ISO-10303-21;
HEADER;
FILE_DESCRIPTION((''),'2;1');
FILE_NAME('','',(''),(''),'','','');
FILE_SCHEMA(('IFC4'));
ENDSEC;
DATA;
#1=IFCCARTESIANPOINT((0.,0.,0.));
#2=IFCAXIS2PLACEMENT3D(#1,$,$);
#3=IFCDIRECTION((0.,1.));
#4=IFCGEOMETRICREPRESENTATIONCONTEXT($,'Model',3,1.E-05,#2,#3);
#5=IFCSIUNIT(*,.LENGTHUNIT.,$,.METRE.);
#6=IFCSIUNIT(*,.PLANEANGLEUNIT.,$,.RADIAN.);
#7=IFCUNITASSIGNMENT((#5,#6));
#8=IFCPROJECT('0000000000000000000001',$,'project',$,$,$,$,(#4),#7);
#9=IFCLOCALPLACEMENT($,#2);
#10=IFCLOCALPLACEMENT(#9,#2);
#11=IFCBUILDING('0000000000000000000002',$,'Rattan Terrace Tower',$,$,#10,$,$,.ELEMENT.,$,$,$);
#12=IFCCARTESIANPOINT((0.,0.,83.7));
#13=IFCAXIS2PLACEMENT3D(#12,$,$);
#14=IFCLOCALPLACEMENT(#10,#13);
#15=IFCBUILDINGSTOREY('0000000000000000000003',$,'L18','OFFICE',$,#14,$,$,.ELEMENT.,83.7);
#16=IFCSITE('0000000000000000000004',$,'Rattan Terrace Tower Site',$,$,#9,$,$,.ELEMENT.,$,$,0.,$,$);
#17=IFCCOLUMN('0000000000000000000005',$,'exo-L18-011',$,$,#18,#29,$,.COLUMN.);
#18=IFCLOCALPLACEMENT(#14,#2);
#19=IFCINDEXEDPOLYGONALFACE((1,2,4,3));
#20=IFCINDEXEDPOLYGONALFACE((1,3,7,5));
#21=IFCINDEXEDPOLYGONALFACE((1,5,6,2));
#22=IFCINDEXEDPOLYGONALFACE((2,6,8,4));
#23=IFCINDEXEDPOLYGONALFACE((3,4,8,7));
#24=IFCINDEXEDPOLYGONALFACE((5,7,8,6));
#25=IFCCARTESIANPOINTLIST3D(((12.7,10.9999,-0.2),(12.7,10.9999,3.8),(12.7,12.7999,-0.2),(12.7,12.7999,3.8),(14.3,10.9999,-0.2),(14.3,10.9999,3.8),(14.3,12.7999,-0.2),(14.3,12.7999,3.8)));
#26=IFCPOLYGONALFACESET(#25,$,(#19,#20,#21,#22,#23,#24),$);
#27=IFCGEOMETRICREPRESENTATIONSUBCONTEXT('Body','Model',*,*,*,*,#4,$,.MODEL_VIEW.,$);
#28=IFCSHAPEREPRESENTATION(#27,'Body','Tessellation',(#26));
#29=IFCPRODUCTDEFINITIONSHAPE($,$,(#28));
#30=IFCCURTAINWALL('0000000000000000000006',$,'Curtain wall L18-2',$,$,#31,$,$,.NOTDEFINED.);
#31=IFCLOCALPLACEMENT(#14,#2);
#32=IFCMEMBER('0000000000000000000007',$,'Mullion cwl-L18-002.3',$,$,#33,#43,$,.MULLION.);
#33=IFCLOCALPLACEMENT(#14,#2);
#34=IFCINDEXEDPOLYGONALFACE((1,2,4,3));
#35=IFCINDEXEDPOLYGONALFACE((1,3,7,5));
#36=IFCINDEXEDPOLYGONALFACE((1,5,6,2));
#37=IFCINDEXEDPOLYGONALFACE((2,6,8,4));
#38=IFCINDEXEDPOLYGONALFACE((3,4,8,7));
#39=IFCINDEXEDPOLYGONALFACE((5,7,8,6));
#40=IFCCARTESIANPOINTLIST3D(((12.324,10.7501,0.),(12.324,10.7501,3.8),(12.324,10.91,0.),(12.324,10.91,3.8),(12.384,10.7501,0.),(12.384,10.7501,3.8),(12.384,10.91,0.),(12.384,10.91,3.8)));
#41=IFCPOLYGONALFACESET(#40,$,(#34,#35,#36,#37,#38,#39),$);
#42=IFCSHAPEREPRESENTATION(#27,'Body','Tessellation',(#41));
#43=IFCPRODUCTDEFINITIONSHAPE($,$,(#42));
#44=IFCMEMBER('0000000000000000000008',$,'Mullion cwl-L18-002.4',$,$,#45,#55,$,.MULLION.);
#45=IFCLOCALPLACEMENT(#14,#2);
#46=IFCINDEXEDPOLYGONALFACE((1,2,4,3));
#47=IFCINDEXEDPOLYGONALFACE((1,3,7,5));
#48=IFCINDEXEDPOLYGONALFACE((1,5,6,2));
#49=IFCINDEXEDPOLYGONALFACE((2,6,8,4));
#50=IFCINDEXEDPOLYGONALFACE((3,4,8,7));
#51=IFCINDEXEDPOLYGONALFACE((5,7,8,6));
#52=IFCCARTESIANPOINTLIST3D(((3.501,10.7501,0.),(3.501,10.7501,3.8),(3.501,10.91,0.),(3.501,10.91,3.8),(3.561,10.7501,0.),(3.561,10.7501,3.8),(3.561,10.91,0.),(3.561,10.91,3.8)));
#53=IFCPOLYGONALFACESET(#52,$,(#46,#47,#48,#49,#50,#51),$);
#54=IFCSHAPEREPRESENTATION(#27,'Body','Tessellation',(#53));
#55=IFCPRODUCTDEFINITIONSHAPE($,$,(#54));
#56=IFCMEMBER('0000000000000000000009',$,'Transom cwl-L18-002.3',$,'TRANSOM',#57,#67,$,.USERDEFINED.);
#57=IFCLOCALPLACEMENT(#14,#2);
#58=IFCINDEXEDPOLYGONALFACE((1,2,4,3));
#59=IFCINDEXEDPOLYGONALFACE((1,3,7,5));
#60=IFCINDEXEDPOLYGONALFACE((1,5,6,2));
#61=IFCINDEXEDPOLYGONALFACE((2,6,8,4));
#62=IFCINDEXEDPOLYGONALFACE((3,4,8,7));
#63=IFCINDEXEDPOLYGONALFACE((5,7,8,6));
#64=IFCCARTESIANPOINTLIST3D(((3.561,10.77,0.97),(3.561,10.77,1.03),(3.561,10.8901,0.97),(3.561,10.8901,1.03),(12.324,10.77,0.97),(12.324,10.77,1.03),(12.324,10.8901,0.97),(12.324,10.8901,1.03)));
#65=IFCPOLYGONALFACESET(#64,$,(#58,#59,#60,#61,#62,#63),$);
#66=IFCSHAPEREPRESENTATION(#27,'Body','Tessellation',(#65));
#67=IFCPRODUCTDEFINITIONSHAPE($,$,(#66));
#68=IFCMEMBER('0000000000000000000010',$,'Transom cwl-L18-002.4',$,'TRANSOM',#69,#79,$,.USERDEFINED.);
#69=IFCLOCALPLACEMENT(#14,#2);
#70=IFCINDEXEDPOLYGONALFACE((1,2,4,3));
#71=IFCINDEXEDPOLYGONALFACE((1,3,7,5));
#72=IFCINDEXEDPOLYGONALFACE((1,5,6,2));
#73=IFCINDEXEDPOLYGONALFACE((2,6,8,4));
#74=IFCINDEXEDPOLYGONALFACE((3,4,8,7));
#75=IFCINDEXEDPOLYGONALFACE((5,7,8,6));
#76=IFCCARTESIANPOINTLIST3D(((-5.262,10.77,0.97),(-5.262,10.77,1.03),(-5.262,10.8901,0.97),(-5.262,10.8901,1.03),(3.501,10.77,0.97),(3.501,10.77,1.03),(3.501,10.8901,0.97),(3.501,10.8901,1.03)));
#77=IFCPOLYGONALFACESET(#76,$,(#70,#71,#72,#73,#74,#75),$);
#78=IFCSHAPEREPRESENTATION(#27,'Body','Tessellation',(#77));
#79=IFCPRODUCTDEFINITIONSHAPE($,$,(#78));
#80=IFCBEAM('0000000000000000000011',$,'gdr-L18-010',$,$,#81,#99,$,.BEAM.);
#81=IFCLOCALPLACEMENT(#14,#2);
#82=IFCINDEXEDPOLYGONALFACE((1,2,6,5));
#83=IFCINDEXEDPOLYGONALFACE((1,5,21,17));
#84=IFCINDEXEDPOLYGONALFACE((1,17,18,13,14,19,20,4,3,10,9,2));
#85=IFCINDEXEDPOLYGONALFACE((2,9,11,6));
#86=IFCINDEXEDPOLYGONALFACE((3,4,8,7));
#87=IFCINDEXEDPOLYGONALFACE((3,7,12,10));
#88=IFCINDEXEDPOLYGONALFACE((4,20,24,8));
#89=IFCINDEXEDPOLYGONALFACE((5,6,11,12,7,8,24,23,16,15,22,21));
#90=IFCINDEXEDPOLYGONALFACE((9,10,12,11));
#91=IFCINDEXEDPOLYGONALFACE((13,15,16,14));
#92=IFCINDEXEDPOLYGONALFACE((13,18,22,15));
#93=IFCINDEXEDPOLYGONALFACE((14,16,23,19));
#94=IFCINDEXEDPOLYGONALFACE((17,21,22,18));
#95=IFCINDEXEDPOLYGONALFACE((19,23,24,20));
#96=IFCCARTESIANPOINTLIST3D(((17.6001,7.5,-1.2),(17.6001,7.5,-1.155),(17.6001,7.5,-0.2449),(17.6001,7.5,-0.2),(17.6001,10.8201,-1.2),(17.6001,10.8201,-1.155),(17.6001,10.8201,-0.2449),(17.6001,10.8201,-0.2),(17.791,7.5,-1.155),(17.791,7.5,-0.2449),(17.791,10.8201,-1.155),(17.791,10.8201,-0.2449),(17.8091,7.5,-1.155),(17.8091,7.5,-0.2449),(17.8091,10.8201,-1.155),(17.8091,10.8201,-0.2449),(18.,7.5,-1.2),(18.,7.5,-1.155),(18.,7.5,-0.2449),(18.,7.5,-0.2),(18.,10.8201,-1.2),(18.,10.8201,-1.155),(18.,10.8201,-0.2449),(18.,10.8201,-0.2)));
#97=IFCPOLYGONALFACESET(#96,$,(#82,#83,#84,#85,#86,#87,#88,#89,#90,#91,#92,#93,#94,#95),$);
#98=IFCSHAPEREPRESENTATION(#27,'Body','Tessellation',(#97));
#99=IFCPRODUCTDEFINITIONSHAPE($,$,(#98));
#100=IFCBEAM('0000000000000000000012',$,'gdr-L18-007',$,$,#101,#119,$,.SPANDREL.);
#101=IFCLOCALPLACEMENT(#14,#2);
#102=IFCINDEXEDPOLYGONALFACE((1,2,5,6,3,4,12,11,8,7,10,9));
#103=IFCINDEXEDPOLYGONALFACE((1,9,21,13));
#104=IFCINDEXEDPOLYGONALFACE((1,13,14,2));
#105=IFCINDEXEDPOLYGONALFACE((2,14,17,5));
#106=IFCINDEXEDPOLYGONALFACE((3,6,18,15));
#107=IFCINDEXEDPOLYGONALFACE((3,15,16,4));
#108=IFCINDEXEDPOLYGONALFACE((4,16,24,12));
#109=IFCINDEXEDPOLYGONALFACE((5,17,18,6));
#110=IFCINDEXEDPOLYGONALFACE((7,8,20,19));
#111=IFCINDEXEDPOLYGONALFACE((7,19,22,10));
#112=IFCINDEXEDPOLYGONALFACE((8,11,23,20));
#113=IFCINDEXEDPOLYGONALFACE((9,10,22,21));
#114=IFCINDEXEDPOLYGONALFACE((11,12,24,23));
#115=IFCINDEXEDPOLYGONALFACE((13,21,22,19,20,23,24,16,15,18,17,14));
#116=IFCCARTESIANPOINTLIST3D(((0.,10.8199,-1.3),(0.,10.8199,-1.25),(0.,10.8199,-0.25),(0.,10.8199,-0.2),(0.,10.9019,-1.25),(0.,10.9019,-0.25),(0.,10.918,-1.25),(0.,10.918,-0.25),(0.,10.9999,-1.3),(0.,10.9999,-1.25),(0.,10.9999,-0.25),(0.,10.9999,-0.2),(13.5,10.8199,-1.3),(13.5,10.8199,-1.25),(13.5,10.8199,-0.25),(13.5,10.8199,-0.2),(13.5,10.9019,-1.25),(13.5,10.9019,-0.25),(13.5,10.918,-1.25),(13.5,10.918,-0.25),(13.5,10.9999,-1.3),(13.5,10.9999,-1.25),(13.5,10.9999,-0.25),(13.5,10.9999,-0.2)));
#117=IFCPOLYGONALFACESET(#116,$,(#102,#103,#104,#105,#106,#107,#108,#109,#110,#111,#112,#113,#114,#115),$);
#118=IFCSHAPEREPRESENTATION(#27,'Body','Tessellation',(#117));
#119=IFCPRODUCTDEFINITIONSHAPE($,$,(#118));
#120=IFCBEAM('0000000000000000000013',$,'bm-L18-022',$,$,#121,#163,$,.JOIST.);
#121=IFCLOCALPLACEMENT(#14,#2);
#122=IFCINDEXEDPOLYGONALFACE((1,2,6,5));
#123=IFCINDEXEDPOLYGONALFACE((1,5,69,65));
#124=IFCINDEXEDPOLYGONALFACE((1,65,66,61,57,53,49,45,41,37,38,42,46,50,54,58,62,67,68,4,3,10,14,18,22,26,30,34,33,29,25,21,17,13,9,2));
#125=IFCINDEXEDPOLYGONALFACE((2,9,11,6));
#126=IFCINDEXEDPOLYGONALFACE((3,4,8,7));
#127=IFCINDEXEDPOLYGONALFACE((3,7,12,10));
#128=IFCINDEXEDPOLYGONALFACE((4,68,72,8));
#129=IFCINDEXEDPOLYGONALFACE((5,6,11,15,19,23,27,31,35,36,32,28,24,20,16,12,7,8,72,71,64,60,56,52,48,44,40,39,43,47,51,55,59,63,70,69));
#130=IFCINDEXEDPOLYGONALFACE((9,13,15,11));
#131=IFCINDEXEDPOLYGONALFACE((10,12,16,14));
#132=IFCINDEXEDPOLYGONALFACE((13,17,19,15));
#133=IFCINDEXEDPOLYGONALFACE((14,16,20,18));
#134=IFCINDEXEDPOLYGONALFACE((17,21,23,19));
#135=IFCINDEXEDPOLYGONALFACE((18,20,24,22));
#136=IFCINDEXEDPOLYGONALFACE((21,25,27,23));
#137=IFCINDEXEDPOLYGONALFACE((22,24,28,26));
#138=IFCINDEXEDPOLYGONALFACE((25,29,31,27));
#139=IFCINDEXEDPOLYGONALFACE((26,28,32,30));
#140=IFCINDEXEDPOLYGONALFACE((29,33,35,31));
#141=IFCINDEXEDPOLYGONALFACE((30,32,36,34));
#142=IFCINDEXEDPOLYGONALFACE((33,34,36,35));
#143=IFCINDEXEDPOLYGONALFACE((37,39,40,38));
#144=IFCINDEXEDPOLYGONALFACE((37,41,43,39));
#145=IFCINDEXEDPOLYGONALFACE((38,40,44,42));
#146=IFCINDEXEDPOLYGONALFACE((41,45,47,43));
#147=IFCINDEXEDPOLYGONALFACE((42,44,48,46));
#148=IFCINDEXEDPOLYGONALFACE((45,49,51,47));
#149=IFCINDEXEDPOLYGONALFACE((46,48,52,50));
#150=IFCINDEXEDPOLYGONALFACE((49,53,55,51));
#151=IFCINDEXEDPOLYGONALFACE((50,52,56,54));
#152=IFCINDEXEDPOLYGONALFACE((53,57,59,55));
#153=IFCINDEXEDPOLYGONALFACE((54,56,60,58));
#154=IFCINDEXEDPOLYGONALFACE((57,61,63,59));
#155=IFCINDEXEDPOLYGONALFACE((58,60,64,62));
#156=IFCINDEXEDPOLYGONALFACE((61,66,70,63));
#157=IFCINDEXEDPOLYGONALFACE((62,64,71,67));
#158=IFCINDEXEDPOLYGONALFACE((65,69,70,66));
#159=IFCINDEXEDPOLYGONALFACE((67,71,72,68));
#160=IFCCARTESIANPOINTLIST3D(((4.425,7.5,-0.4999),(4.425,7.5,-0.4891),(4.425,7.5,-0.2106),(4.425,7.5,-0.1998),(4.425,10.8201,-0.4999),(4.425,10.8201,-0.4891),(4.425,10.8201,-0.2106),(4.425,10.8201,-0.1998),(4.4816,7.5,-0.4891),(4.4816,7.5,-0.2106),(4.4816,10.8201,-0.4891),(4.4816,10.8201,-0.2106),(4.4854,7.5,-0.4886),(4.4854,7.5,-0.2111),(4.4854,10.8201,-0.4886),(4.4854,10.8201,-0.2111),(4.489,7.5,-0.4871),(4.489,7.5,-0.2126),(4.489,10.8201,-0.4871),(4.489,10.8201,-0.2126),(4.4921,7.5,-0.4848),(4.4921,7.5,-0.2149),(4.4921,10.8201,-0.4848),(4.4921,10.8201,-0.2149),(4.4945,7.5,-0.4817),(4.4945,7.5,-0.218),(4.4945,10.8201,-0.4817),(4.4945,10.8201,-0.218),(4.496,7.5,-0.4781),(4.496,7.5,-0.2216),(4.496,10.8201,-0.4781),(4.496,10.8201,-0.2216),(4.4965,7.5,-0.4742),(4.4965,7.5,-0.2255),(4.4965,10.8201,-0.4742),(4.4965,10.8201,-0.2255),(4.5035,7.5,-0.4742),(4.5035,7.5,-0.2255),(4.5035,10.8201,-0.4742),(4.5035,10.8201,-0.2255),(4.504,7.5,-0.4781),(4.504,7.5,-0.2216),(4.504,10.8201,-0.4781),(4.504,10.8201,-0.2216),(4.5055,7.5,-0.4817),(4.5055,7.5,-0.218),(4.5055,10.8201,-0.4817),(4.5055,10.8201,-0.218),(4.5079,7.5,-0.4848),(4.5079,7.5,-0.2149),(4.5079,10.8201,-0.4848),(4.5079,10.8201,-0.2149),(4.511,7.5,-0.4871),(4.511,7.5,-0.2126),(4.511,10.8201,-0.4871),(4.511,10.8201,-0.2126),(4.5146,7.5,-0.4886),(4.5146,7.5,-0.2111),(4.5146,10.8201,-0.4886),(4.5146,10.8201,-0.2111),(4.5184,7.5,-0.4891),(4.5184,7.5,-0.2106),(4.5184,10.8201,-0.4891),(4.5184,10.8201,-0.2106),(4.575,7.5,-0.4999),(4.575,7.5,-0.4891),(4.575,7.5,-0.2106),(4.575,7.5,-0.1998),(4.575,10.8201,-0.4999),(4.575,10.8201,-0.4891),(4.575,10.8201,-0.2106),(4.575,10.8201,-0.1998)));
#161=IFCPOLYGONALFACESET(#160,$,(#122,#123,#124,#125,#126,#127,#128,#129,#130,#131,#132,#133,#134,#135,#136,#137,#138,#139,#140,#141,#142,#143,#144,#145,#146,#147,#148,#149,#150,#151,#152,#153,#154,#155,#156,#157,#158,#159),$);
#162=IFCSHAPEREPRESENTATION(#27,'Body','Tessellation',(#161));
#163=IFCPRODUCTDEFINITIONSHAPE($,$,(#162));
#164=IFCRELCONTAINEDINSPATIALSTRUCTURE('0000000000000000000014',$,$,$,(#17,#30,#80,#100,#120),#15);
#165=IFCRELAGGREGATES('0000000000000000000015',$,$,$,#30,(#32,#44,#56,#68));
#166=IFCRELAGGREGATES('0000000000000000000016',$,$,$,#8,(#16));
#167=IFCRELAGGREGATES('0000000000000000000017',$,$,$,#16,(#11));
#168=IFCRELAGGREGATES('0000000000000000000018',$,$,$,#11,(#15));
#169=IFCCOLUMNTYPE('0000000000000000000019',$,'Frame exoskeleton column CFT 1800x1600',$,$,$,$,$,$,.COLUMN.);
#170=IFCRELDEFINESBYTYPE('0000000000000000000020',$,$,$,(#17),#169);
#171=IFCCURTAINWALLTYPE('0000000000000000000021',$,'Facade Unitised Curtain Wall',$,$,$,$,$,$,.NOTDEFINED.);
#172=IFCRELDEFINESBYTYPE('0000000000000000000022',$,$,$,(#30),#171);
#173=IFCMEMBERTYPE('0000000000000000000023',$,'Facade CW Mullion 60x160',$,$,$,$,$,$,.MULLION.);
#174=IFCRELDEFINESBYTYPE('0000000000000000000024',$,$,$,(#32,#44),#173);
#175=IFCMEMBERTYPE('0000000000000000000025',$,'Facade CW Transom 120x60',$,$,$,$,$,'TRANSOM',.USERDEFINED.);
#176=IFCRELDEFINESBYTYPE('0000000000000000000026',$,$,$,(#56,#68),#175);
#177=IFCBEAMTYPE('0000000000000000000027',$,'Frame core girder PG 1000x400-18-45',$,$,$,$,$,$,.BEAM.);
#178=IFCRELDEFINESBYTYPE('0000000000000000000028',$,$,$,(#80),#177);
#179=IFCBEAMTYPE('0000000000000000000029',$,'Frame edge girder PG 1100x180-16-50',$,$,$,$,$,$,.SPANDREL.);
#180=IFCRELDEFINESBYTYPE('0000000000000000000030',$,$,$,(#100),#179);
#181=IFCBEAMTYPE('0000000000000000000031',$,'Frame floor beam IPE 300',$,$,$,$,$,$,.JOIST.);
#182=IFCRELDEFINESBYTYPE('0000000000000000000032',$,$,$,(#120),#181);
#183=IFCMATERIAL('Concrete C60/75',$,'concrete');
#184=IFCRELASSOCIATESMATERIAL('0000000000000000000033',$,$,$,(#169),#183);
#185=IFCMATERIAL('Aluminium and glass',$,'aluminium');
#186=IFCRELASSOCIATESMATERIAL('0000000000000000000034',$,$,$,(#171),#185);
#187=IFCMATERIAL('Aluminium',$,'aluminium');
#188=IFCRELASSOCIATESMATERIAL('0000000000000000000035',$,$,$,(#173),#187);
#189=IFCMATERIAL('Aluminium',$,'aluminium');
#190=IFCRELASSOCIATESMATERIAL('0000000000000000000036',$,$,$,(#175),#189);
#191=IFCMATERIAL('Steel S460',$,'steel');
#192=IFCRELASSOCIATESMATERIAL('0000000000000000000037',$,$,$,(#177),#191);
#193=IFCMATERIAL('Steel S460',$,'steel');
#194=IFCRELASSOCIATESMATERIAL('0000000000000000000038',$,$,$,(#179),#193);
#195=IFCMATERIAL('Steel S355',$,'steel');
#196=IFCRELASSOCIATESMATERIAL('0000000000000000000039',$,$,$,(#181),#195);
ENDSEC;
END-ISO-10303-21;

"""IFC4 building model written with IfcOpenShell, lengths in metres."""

from ifc_helpers import new_model, si_unit, direction, frame, origin, origin_2d, place, context, subcontext, project, spatial, rectangle, i_section, extrude, material, material_profile, profile_set, type_object, element, aggregate, save


model = new_model("IFC4")

# Units and contexts
model_context = context("Model", 3, precision=1e-05, world=origin(), true_north=direction((0.0, 1.0)))
body_context = subcontext(model_context, "Body", "Model", "MODEL_VIEW")
ifc_project = project(units=[si_unit("LENGTHUNIT", "METRE"), si_unit("PLANEANGLEUNIT", "RADIAN")], contexts=[model_context])

# Site, building, storey
site_placement = place(None, origin())
site = spatial("IfcSite", under=ifc_project, at=site_placement, Name="Rattan Terrace Tower Site", CompositionType="ELEMENT", RefElevation=0.0)
building_placement = place(site_placement, origin())
building = spatial("IfcBuilding", under=site, at=building_placement, Name="Rattan Terrace Tower", CompositionType="ELEMENT")
storey_placement = place(building_placement, frame((0.0, 0.0, 83.7)))
storey = spatial("IfcBuildingStorey", under=building, at=storey_placement, Name="L18", Description="OFFICE", CompositionType="ELEMENT", Elevation=83.7)

# Column
ifc_material_1 = material(Name="Concrete C60/75", Category="concrete")
ifc_material_profile_1 = material_profile(ifc_material_1, rectangle(XDim=1.6001, YDim=1.8, at=origin_2d()), Name="CFT 1800x1600")
ifc_profile_set_1 = profile_set([ifc_material_profile_1], Name="Concrete C60/75")
column_type = type_object("IfcColumnType", Name="Frame exoskeleton column CFT 1800x1600", PredefinedType="COLUMN", material=ifc_profile_set_1)
column_placement = place(storey_placement, frame((13.5, 11.8999, -0.2), z_axis=(0.0, 0.0, 1.0), x_axis=(1.0, 0.0, 0.0)))
element("IfcColumn", 1, at=column_placement, inside=storey, type_object=column_type, Name="exo-L18-011", PredefinedType="COLUMN", context=body_context, shape_type="SweptSolid", body=[
    extrude(rectangle(XDim=1.6001, YDim=1.8, at=origin_2d()), origin(), (0.0, 0.0, 1.0), 4.0),
])

# Curtain wall, members
ifc_material_2 = material(Name="Aluminium and glass", Category="aluminium")
curtain_wall_type = type_object("IfcCurtainWallType", Name="Facade Unitised Curtain Wall", PredefinedType="NOTDEFINED", material=ifc_material_2)
curtain_wall_placement = place(storey_placement, origin())
curtain_wall = element("IfcCurtainWall", 2, at=curtain_wall_placement, inside=storey, type_object=curtain_wall_type, Name="Curtain wall L18-2", PredefinedType="NOTDEFINED")
ifc_material_3 = material(Name="Aluminium", Category="aluminium")
ifc_material_profile_2 = material_profile(ifc_material_3, rectangle(XDim=0.0601, YDim=0.1599, at=origin_2d()), Name="Aluminium 60x160")
ifc_profile_set_2 = profile_set([ifc_material_profile_2], Name="Aluminium")
member_type_1 = type_object("IfcMemberType", Name="Facade CW Mullion 60x160", PredefinedType="MULLION", material=ifc_profile_set_2)
member_1_placement = place(storey_placement, frame((12.354, 10.8301, 0.0), z_axis=(0.0, 0.0, 1.0), x_axis=(-1.0, 0.0, 0.0)))
member_1 = element("IfcMember", 3, at=member_1_placement, type_object=member_type_1, Name="Mullion cwl-L18-002.3", PredefinedType="MULLION", context=body_context, shape_type="SweptSolid", body=[
    extrude(rectangle(XDim=0.0601, YDim=0.1599, at=origin_2d()), origin(), (0.0, 0.0, 1.0), 3.8),
])
member_2_placement = place(storey_placement, frame((3.531, 10.8301, 0.0), z_axis=(0.0, 0.0, 1.0), x_axis=(-1.0, 0.0, 0.0)))
member_2 = element("IfcMember", 4, at=member_2_placement, type_object=member_type_1, Name="Mullion cwl-L18-002.4", PredefinedType="MULLION", context=body_context, shape_type="SweptSolid", body=[
    extrude(rectangle(XDim=0.0601, YDim=0.1599, at=origin_2d()), origin(), (0.0, 0.0, 1.0), 3.8),
])
ifc_material_4 = material(Name="Aluminium", Category="aluminium")
ifc_material_profile_3 = material_profile(ifc_material_4, rectangle(XDim=0.1201, YDim=0.0601, at=origin_2d()), Name="Aluminium 120x60")
ifc_profile_set_3 = profile_set([ifc_material_profile_3], Name="Aluminium")
member_type_2 = type_object("IfcMemberType", Name="Facade CW Transom 120x60", ElementType="TRANSOM", PredefinedType="USERDEFINED", material=ifc_profile_set_3)
member_3_placement = place(storey_placement, frame((12.324, 10.8301, 1.0), z_axis=(-1.0, 0.0, 0.0), x_axis=(0.0, -1.0, 0.0)))
member_3 = element("IfcMember", 5, at=member_3_placement, type_object=member_type_2, Name="Transom cwl-L18-002.3", ObjectType="TRANSOM", PredefinedType="USERDEFINED", context=body_context, shape_type="SweptSolid", body=[
    extrude(rectangle(XDim=0.1201, YDim=0.0601, at=origin_2d()), origin(), (0.0, 0.0, 1.0), 8.7629),
])
member_4_placement = place(storey_placement, frame((3.501, 10.8301, 1.0), z_axis=(-1.0, 0.0, 0.0), x_axis=(0.0, -1.0, 0.0)))
member_4 = element("IfcMember", 6, at=member_4_placement, type_object=member_type_2, Name="Transom cwl-L18-002.4", ObjectType="TRANSOM", PredefinedType="USERDEFINED", context=body_context, shape_type="SweptSolid", body=[
    extrude(rectangle(XDim=0.1201, YDim=0.0601, at=origin_2d()), origin(), (0.0, 0.0, 1.0), 8.7629),
])

# Beams
ifc_material_5 = material(Name="Steel S460", Category="steel")
ifc_material_profile_4 = material_profile(ifc_material_5, i_section(OverallWidth=0.3999, OverallDepth=1.0, WebThickness=0.0181, FlangeThickness=0.0449, at=origin_2d()), Name="PG 1000x400-18-45")
ifc_profile_set_4 = profile_set([ifc_material_profile_4], Name="Steel S460")
beam_type_1 = type_object("IfcBeamType", Name="Frame core girder PG 1000x400-18-45", PredefinedType="BEAM", material=ifc_profile_set_4)
beam_1_placement = place(storey_placement, frame((17.8, 7.5, -0.7), z_axis=(0.0, 1.0, 0.0), x_axis=(-1.0, 0.0, 0.0)))
element("IfcBeam", 7, at=beam_1_placement, inside=storey, type_object=beam_type_1, Name="gdr-L18-010", PredefinedType="BEAM", context=body_context, shape_type="SweptSolid", body=[
    extrude(i_section(OverallWidth=0.3999, OverallDepth=1.0, WebThickness=0.0181, FlangeThickness=0.0449, at=origin_2d()), origin(), (0.0, 0.0, 1.0), 3.3201),
])
ifc_material_6 = material(Name="Steel S460", Category="steel")
ifc_material_profile_5 = material_profile(ifc_material_6, i_section(OverallWidth=0.1799, OverallDepth=1.1001, WebThickness=0.0161, FlangeThickness=0.05, at=origin_2d()), Name="PG 1100x180-16-50")
ifc_profile_set_5 = profile_set([ifc_material_profile_5], Name="Steel S460")
beam_type_2 = type_object("IfcBeamType", Name="Frame edge girder PG 1100x180-16-50", PredefinedType="SPANDREL", material=ifc_profile_set_5)
beam_2_placement = place(storey_placement, frame((13.5, 10.9099, -0.75), z_axis=(-1.0, 0.0, 0.0), x_axis=(0.0, -1.0, 0.0)))
element("IfcBeam", 8, at=beam_2_placement, inside=storey, type_object=beam_type_2, Name="gdr-L18-007", PredefinedType="SPANDREL", context=body_context, shape_type="SweptSolid", body=[
    extrude(i_section(OverallWidth=0.1799, OverallDepth=1.1001, WebThickness=0.0161, FlangeThickness=0.05, at=origin_2d()), origin(), (0.0, 0.0, 1.0), 13.5),
])
ifc_material_7 = material(Name="Steel S355", Category="steel")
ifc_material_profile_6 = material_profile(ifc_material_7, i_section(OverallWidth=0.1499, OverallDepth=0.3, WebThickness=0.0071, FlangeThickness=0.0107, FilletRadius=0.0149, at=origin_2d()), Name="IPE 300")
ifc_profile_set_6 = profile_set([ifc_material_profile_6], Name="Steel S355")
beam_type_3 = type_object("IfcBeamType", Name="Frame floor beam IPE 300", PredefinedType="JOIST", material=ifc_profile_set_6)
for number, where, z_axis, x_axis, name in (
    (9, (4.5, 7.5, -0.3499), (0.0, 1.0, 0.0), (-1.0, 0.0, 0.0), "bm-L18-022"),
):
    element("IfcBeam", number, at=place(storey_placement, frame(where, z_axis=z_axis, x_axis=x_axis)), inside=storey, type_object=beam_type_3, Name=name, PredefinedType="JOIST", context=body_context, shape_type="SweptSolid", body=[
        extrude(i_section(OverallWidth=0.1499, OverallDepth=0.3, WebThickness=0.0071, FlangeThickness=0.0107, FilletRadius=0.0149, at=origin_2d()), origin(), (0.0, 0.0, 1.0), 3.3201),
    ])

aggregate(curtain_wall, [member_1, member_2, member_3, member_4])

save(model, "model.ifc")
